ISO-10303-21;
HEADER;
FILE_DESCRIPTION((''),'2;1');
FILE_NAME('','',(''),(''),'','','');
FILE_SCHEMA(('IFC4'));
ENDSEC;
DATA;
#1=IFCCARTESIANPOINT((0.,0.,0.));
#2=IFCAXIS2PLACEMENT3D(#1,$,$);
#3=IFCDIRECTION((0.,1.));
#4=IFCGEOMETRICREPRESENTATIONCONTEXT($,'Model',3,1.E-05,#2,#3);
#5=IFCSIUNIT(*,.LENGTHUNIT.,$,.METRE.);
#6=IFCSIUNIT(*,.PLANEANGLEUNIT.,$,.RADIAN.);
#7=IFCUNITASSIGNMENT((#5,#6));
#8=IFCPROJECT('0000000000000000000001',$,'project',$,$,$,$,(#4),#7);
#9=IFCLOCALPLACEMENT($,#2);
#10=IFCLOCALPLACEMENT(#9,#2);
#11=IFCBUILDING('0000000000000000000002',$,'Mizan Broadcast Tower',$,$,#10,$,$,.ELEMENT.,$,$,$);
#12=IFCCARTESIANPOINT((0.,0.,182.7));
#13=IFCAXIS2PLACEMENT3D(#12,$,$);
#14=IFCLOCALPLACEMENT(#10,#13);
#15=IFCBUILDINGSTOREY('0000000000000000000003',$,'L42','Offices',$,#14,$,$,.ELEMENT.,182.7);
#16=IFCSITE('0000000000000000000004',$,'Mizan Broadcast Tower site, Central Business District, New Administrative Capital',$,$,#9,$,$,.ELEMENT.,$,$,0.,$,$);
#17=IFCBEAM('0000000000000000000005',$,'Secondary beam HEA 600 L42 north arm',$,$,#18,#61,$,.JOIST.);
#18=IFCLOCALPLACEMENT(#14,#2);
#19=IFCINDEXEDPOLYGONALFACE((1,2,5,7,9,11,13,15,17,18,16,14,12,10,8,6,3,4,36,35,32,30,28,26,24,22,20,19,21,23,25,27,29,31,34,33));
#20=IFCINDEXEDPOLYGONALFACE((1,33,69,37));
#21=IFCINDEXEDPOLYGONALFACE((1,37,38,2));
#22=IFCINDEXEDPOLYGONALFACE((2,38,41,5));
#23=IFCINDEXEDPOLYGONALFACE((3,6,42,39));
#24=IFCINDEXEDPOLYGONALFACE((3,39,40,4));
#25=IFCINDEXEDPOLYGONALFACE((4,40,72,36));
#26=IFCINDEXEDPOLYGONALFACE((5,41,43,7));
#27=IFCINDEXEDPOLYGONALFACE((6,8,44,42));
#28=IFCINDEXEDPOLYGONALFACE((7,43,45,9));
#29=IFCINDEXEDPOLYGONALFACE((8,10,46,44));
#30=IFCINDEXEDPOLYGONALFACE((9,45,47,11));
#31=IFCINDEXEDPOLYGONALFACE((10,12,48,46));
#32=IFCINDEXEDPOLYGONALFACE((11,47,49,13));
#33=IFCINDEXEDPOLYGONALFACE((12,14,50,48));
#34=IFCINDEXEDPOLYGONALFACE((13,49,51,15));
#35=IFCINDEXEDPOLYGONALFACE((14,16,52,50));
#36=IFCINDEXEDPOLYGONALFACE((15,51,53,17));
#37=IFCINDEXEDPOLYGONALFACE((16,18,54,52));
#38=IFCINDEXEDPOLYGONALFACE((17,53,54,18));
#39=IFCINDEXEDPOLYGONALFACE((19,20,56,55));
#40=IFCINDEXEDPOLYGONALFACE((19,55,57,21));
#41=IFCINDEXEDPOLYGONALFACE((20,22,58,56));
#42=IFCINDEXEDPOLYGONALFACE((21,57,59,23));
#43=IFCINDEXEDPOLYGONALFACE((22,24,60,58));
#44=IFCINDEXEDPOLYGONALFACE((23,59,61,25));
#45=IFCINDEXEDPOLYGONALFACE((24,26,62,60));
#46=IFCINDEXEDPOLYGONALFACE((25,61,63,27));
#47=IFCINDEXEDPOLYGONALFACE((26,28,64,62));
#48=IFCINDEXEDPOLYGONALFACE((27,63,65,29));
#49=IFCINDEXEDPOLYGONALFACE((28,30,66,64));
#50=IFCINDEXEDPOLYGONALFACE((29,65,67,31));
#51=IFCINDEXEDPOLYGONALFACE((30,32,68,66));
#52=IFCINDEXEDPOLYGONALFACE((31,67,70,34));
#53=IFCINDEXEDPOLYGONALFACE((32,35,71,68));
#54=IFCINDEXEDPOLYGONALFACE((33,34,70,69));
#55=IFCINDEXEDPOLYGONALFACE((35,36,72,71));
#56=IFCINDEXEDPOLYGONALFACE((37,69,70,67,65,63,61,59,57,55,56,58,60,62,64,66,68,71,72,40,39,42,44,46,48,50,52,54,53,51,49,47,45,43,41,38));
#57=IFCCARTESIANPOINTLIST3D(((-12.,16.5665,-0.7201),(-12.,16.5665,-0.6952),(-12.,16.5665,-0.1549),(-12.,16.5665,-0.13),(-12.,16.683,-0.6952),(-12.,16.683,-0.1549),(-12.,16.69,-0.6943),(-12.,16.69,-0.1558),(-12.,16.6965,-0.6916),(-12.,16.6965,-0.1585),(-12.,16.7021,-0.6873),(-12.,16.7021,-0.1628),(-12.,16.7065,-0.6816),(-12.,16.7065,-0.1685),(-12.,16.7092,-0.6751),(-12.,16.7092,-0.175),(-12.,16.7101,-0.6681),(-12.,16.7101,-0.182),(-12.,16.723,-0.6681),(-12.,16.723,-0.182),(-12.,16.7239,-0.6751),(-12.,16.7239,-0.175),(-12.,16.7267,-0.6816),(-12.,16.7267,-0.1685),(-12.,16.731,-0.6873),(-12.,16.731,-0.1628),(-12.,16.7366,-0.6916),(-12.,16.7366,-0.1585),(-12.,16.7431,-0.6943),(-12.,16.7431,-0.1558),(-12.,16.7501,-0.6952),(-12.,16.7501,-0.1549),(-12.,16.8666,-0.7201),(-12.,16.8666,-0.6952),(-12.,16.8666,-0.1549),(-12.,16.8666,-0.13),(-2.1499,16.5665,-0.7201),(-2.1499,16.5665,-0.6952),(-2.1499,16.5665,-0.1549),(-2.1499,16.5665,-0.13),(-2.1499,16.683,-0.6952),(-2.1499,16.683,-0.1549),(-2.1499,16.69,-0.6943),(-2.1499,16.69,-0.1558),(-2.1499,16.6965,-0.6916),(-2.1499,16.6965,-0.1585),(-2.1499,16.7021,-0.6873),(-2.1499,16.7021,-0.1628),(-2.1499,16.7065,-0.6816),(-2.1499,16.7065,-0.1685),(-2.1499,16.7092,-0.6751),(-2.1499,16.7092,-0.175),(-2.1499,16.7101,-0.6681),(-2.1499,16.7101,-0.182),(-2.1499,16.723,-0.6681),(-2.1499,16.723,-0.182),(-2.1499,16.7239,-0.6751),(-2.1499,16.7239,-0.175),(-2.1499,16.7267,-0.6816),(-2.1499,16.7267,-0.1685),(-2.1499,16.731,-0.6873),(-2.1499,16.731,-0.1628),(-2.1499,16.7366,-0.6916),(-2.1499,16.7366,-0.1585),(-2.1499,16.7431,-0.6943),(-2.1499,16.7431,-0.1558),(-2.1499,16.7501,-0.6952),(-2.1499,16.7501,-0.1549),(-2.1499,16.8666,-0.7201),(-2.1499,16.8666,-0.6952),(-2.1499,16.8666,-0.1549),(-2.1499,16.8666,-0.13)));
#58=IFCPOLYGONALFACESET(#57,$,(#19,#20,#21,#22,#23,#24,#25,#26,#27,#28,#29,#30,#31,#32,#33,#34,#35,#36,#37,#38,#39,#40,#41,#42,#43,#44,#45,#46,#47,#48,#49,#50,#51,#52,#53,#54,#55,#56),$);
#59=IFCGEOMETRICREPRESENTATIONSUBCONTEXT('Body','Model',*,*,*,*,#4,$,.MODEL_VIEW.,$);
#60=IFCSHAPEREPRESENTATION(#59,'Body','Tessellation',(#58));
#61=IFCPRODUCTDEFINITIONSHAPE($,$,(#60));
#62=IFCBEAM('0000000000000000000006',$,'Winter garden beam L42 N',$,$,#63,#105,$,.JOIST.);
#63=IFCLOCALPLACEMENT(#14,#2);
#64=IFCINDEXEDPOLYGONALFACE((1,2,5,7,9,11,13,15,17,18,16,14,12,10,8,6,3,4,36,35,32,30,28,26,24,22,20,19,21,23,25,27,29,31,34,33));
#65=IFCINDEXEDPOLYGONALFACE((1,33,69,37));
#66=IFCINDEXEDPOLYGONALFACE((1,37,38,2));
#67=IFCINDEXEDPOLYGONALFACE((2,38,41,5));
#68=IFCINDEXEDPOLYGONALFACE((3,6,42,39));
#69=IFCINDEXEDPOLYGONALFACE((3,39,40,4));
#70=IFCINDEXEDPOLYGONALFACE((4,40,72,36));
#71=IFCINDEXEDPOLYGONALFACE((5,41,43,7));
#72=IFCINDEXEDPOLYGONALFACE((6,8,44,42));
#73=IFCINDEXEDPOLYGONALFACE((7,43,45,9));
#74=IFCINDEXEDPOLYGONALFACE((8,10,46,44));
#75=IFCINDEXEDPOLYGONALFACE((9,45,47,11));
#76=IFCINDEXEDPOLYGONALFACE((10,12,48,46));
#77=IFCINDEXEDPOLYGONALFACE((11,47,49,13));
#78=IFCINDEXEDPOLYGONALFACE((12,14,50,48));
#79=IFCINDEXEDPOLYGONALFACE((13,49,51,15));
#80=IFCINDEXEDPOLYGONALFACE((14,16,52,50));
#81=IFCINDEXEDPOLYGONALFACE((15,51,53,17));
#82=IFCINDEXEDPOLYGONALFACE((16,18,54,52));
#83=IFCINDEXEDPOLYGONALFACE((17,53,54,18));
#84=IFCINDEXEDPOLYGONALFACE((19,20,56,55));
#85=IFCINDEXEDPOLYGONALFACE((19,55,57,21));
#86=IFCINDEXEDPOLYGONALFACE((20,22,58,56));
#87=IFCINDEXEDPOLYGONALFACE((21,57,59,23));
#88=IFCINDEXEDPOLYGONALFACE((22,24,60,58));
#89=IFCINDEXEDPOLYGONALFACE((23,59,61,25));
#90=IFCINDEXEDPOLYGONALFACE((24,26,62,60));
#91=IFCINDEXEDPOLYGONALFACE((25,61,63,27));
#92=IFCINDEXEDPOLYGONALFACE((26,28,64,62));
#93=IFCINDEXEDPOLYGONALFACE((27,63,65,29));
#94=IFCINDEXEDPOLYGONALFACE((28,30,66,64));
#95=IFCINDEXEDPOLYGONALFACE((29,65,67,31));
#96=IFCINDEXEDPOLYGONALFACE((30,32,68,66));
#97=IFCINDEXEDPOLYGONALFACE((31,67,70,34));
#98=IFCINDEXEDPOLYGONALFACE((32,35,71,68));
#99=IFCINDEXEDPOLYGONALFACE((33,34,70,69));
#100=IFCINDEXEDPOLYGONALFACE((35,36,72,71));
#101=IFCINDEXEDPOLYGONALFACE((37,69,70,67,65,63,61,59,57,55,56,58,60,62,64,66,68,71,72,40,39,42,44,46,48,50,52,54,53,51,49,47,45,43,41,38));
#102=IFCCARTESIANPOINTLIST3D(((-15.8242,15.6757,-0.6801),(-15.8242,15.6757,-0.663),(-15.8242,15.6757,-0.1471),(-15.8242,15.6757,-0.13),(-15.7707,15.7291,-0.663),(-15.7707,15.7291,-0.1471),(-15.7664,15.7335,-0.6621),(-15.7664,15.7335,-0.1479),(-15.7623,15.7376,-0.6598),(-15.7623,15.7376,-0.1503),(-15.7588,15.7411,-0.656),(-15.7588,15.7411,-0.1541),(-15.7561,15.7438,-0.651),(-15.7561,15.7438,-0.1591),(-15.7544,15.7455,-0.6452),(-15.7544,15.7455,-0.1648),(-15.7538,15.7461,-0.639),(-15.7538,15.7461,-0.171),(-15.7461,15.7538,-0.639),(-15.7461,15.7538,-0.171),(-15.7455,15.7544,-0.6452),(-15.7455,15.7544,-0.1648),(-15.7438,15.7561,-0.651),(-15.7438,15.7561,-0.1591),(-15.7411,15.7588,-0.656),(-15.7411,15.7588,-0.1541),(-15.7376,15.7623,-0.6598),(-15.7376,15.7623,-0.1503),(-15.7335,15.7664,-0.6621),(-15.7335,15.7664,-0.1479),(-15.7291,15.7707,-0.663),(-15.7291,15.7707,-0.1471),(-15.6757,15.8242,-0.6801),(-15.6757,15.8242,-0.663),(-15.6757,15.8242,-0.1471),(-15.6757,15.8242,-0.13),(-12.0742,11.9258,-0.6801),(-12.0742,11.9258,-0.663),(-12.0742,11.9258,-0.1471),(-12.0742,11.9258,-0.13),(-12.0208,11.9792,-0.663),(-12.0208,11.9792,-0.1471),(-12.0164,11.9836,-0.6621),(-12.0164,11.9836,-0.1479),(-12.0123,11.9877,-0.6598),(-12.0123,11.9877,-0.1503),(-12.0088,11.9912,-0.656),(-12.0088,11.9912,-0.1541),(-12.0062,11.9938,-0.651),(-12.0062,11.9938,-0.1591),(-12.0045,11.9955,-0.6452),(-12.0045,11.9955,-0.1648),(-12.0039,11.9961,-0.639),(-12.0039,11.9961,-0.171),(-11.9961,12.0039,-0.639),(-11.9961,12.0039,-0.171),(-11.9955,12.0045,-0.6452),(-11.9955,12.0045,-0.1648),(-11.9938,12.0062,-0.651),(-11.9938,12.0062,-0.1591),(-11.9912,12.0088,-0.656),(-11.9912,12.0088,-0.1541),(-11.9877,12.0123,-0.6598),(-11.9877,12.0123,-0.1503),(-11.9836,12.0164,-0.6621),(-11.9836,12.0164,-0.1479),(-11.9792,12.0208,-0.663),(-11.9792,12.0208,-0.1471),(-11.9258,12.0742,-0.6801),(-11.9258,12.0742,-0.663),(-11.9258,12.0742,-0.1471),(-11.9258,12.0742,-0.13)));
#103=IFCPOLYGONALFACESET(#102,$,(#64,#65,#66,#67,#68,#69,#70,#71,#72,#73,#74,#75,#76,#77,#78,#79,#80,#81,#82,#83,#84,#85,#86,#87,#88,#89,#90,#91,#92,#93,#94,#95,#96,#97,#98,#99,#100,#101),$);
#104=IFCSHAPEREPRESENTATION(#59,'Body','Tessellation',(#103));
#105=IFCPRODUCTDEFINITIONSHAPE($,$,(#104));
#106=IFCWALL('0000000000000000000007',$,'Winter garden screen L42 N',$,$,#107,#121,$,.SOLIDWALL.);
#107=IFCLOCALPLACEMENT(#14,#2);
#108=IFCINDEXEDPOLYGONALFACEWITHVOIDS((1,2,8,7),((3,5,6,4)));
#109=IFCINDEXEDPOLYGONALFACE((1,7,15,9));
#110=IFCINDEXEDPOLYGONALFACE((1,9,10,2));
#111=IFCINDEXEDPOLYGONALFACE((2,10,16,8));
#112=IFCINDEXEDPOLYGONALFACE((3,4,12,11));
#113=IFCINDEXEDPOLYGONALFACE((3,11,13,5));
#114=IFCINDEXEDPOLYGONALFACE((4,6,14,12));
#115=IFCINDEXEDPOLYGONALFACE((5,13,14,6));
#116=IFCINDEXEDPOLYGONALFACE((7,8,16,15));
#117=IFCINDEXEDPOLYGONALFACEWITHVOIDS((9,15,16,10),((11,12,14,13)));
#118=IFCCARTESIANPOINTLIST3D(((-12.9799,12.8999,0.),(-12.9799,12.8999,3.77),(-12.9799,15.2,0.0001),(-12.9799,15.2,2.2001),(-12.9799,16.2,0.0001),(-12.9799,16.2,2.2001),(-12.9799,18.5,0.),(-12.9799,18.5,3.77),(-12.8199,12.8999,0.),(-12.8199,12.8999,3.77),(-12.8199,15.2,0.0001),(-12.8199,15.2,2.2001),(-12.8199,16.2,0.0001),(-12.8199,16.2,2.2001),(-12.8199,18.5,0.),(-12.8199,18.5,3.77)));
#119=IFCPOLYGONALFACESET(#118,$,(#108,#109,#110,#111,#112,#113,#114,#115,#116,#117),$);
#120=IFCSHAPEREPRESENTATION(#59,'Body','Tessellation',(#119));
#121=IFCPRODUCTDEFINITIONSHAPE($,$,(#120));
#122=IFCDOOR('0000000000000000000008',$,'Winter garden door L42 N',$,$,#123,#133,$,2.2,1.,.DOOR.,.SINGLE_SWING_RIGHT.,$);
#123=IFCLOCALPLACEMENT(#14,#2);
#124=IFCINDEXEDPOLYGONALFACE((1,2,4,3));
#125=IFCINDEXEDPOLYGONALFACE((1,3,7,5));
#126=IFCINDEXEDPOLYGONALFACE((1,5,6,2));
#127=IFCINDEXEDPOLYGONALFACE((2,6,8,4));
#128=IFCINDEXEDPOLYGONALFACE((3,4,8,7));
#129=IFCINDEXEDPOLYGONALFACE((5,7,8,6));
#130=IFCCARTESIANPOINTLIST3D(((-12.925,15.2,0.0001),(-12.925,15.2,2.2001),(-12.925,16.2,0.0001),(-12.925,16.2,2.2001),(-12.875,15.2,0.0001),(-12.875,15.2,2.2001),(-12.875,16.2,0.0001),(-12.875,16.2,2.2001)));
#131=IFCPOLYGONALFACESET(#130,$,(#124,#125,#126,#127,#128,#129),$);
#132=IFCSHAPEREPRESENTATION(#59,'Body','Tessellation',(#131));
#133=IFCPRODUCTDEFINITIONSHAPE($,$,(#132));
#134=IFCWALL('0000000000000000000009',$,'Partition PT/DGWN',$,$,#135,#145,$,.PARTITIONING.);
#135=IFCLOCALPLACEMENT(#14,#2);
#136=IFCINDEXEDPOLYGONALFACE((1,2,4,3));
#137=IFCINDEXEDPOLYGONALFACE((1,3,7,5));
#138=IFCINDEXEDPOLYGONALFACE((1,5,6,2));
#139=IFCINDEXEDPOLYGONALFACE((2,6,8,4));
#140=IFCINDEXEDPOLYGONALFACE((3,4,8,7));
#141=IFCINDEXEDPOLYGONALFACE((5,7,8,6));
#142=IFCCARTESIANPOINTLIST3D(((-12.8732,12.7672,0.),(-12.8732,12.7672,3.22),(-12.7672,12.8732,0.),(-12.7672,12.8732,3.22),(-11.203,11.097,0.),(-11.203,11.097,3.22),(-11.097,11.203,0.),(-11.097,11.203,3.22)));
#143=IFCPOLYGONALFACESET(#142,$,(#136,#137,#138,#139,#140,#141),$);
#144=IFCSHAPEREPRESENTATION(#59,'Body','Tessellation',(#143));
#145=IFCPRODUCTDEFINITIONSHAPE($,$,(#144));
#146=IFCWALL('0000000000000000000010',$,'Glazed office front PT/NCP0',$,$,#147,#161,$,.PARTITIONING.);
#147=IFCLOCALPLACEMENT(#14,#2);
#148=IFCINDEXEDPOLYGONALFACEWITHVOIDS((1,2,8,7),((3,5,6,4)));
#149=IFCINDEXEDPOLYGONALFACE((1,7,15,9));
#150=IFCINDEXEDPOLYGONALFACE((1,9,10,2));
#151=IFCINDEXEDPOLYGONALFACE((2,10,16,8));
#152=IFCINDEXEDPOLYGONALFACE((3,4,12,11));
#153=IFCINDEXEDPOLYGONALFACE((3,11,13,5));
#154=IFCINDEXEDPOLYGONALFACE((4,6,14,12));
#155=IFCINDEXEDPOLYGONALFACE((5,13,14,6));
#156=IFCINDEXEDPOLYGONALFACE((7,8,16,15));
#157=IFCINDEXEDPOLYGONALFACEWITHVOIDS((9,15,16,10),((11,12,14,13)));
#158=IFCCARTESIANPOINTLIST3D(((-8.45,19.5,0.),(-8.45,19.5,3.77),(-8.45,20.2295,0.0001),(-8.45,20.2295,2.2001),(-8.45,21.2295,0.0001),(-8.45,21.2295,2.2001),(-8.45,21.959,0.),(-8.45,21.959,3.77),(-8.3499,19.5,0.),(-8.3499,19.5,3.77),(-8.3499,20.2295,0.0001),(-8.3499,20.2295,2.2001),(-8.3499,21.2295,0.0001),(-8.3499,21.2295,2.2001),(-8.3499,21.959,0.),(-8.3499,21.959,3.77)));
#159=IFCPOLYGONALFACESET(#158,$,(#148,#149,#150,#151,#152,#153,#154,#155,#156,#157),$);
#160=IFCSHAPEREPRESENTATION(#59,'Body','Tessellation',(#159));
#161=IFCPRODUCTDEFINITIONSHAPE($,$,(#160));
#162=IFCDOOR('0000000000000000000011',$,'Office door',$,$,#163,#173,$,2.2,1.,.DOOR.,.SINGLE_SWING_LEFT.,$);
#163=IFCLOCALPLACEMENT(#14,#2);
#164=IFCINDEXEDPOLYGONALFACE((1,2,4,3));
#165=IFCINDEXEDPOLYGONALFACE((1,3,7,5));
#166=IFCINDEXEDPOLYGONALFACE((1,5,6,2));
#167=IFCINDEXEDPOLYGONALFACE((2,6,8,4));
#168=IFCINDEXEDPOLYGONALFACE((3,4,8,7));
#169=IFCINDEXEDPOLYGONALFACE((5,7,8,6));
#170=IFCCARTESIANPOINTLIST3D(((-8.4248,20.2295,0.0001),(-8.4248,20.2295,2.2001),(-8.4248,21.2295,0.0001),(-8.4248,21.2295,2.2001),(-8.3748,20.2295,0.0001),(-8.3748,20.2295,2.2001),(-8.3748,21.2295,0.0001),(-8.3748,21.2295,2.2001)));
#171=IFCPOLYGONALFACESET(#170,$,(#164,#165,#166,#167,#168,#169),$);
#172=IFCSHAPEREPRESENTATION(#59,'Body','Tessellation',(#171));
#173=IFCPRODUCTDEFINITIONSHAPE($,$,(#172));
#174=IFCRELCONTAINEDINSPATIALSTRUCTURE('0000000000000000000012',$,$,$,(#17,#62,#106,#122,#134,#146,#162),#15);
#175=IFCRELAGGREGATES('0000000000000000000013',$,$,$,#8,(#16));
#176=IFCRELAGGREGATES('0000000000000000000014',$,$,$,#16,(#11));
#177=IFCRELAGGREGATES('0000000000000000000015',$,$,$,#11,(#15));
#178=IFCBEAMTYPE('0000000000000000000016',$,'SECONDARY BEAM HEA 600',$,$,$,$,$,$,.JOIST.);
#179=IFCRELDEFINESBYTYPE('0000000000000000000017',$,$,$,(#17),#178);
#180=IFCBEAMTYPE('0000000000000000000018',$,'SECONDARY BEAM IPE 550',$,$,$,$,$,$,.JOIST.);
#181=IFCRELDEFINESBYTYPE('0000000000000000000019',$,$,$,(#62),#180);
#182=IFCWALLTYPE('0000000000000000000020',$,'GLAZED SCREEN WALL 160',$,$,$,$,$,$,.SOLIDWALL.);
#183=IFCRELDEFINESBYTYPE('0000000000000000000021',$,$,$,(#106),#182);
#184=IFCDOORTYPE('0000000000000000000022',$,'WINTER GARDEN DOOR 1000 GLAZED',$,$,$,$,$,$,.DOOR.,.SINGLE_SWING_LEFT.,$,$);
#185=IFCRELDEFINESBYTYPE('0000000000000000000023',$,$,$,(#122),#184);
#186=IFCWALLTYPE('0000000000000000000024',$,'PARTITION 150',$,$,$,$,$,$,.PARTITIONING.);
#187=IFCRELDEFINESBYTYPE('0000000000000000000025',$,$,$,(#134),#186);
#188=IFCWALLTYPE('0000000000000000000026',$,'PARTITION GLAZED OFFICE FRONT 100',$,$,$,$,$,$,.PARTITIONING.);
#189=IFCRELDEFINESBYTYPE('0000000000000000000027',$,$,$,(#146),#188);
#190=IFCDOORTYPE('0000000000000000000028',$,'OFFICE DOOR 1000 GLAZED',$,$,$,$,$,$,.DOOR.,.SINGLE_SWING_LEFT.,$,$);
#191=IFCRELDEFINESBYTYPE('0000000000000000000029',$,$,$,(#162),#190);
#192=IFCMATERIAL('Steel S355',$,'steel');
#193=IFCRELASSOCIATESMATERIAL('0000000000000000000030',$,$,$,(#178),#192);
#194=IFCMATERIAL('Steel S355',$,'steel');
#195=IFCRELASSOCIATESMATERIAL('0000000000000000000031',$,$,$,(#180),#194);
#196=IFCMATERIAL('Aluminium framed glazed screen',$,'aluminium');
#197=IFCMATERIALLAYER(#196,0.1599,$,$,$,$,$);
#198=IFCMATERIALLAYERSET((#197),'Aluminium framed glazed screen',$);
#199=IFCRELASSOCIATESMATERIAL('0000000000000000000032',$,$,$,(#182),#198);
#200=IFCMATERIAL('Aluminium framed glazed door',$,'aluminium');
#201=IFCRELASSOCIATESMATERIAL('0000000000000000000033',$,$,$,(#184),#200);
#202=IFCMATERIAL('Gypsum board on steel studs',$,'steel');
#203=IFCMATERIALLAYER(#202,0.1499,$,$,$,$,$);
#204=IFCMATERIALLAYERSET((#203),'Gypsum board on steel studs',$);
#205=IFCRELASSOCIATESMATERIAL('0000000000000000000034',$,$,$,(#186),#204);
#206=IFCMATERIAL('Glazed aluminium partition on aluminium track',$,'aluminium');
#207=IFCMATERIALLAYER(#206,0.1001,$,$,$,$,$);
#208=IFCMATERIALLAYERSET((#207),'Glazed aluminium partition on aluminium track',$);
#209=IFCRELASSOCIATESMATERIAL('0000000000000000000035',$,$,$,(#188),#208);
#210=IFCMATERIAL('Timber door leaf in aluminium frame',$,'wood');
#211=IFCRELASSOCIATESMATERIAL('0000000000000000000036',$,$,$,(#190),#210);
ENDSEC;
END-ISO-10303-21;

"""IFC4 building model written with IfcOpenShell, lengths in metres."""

from ifc_helpers import new_model, si_unit, direction, frame, frame_2d, origin, origin_2d, place, context, subcontext, project, spatial, rectangle, i_section, extrude, material, layer, layer_set, material_profile, profile_set, type_object, element, fill, save


model = new_model("IFC4")

# Units and contexts
model_context = context("Model", 3, precision=1e-05, world=origin(), true_north=direction((0.0, 1.0)))
body_context = subcontext(model_context, "Body", "Model", "MODEL_VIEW")
ifc_project = project(units=[si_unit("LENGTHUNIT", "METRE"), si_unit("PLANEANGLEUNIT", "RADIAN")], contexts=[model_context])

# Site, building, storey
site_placement = place(None, origin())
site = spatial("IfcSite", under=ifc_project, at=site_placement, Name="Mizan Broadcast Tower site, Central Business District, New Administrative Capital", CompositionType="ELEMENT", RefElevation=0.0)
building_placement = place(site_placement, origin())
building = spatial("IfcBuilding", under=site, at=building_placement, Name="Mizan Broadcast Tower", CompositionType="ELEMENT")
storey_placement = place(building_placement, frame((0.0, 0.0, 182.7)))
storey = spatial("IfcBuildingStorey", under=building, at=storey_placement, Name="L42", Description="Offices", CompositionType="ELEMENT", Elevation=182.7)

# Beams
ifc_material_1 = material(Name="Steel S355", Category="steel")
ifc_material_profile_1 = material_profile(ifc_material_1, i_section(OverallWidth=0.3, OverallDepth=0.5901, WebThickness=0.0129, FlangeThickness=0.0249, FilletRadius=0.0271, at=origin_2d()), Name="HEA 600")
ifc_profile_set_1 = profile_set([ifc_material_profile_1], Name="Steel S355")
beam_type_1 = type_object("IfcBeamType", Name="SECONDARY BEAM HEA 600", PredefinedType="JOIST", material=ifc_profile_set_1)
for number, where, z_axis, x_axis, name in (
    (1, (-12.0, 16.7166, -0.425), (1.0, 0.0, 0.0), (0.0, 1.0, 0.0), "Secondary beam HEA 600 L42 north arm"),
):
    element("IfcBeam", number, at=place(storey_placement, frame(where, z_axis=z_axis, x_axis=x_axis)), inside=storey, type_object=beam_type_1, Name=name, PredefinedType="JOIST", context=body_context, shape_type="SweptSolid", body=[
        extrude(i_section(OverallWidth=0.3, OverallDepth=0.5901, WebThickness=0.0129, FlangeThickness=0.0249, FilletRadius=0.0271, at=origin_2d()), origin(), (0.0, 0.0, 1.0), 9.8501),
    ])
ifc_material_2 = material(Name="Steel S355", Category="steel")
ifc_material_profile_2 = material_profile(ifc_material_2, i_section(OverallWidth=0.21, OverallDepth=0.55, WebThickness=0.011, FlangeThickness=0.0171, FilletRadius=0.0239, at=origin_2d()), Name="IPE 550")
ifc_profile_set_2 = profile_set([ifc_material_profile_2], Name="Steel S355")
beam_type_2 = type_object("IfcBeamType", Name="SECONDARY BEAM IPE 550", PredefinedType="JOIST", material=ifc_profile_set_2)
beam_1_placement = place(storey_placement, frame((-12.0, 12.0, -0.405), z_axis=(-0.707107, 0.707107, 0.0), x_axis=(-0.707107, -0.707107, 0.0)))
element("IfcBeam", 2, at=beam_1_placement, inside=storey, type_object=beam_type_2, Name="Winter garden beam L42 N", PredefinedType="JOIST", context=body_context, shape_type="SweptSolid", body=[
    extrude(i_section(OverallWidth=0.21, OverallDepth=0.55, WebThickness=0.011, FlangeThickness=0.0171, FilletRadius=0.0239, at=origin_2d()), origin(), (0.0, 0.0, 1.0), 5.3032),
])

# Wall, opening, door
ifc_material_3 = material(Name="Aluminium framed glazed screen", Category="aluminium")
ifc_layer_1 = layer(ifc_material_3, 0.1599)
ifc_layer_set_1 = layer_set([ifc_layer_1], Name="Aluminium framed glazed screen")
wall_type_1 = type_object("IfcWallType", Name="GLAZED SCREEN WALL 160", PredefinedType="SOLIDWALL", material=ifc_layer_set_1)
wall_1_placement = place(storey_placement, frame((-12.8999, 18.5, 0.0), z_axis=(0.0, 0.0, 1.0), x_axis=(0.0, -1.0, 0.0)))
wall_1 = element("IfcWall", 3, at=wall_1_placement, inside=storey, type_object=wall_type_1, Name="Winter garden screen L42 N", PredefinedType="SOLIDWALL", context=body_context, shape_type="SweptSolid", body=[
    extrude(rectangle(XDim=5.6001, YDim=0.1599, at=frame_2d((2.8, 0.0))), origin(), (0.0, 0.0, 1.0), 3.77),
])
opening_1_placement = place(wall_1_placement, frame((2.3, 0.0, 0.0)))
opening_1 = element("IfcOpeningElement", 4, at=opening_1_placement, cuts=wall_1, PredefinedType="OPENING", context=body_context, shape_type="SweptSolid", body=[
    extrude(rectangle(XDim=1.0, YDim=2.2, at=frame_2d((0.5, 1.1001))), frame((0.0, 0.0898, 0.0), z_axis=(0.0, -1.0, 0.0), x_axis=(1.0, 0.0, 0.0)), (0.0, 0.0, 1.0), 0.1799),
])
ifc_material_4 = material(Name="Aluminium framed glazed door", Category="aluminium")
door_type_1 = type_object("IfcDoorType", Name="WINTER GARDEN DOOR 1000 GLAZED", OperationType="SINGLE_SWING_LEFT", PredefinedType="DOOR", material=ifc_material_4)
door_1_placement = place(opening_1_placement, origin())
door_1 = element("IfcDoor", 5, at=door_1_placement, inside=storey, type_object=door_type_1, Name="Winter garden door L42 N", OperationType="SINGLE_SWING_RIGHT", OverallHeight=2.2, OverallWidth=1.0, PredefinedType="DOOR", context=body_context, shape_type="SweptSolid", body=[
    extrude(rectangle(XDim=1.0, YDim=2.2, at=frame_2d((0.5, 1.1001))), frame((0.0, 0.0249, 0.0), z_axis=(0.0, -1.0, 0.0), x_axis=(1.0, 0.0, 0.0)), (0.0, 0.0, 1.0), 0.05),
])
fill(opening_1, door_1)

# Wall
ifc_material_5 = material(Name="Gypsum board on steel studs", Category="steel")
ifc_layer_2 = layer(ifc_material_5, 0.1499)
ifc_layer_set_2 = layer_set([ifc_layer_2], Name="Gypsum board on steel studs")
wall_type_2 = type_object("IfcWallType", Name="PARTITION 150", PredefinedType="PARTITIONING", material=ifc_layer_set_2)
wall_2_placement = place(storey_placement, frame((-11.1499, 11.1499, 0.0), z_axis=(0.0, 0.0, 1.0), x_axis=(-0.707107, 0.707107, 0.0)))
element("IfcWall", 6, at=wall_2_placement, inside=storey, type_object=wall_type_2, Name="Partition PT/DGWN", PredefinedType="PARTITIONING", context=body_context, shape_type="SweptSolid", body=[
    extrude(rectangle(XDim=2.3621, YDim=0.1499, at=frame_2d((1.1812, 0.0))), origin(), (0.0, 0.0, 1.0), 3.22),
])

# Wall, opening, door
ifc_material_6 = material(Name="Glazed aluminium partition on aluminium track", Category="aluminium")
ifc_layer_3 = layer(ifc_material_6, 0.1001)
ifc_layer_set_3 = layer_set([ifc_layer_3], Name="Glazed aluminium partition on aluminium track")
wall_type_3 = type_object("IfcWallType", Name="PARTITION GLAZED OFFICE FRONT 100", PredefinedType="PARTITIONING", material=ifc_layer_set_3)
wall_3_placement = place(storey_placement, frame((-8.3999, 19.5, 0.0), z_axis=(0.0, 0.0, 1.0), x_axis=(0.0, 1.0, 0.0)))
wall_3 = element("IfcWall", 7, at=wall_3_placement, inside=storey, type_object=wall_type_3, Name="Glazed office front PT/NCP0", PredefinedType="PARTITIONING", context=body_context, shape_type="SweptSolid", body=[
    extrude(rectangle(XDim=2.459, YDim=0.1001, at=frame_2d((1.2295, 0.0))), origin(), (0.0, 0.0, 1.0), 3.77),
])
opening_2_placement = place(wall_3_placement, frame((0.7295, 0.0, 0.0)))
opening_2 = element("IfcOpeningElement", 8, at=opening_2_placement, cuts=wall_3, PredefinedType="OPENING", context=body_context, shape_type="SweptSolid", body=[
    extrude(rectangle(XDim=1.0, YDim=2.2, at=frame_2d((0.5, 1.1001))), frame((0.0, 0.0601, 0.0), z_axis=(0.0, -1.0, 0.0), x_axis=(1.0, 0.0, 0.0)), (0.0, 0.0, 1.0), 0.1201),
])
ifc_material_7 = material(Name="Timber door leaf in aluminium frame", Category="wood")
door_type_2 = type_object("IfcDoorType", Name="OFFICE DOOR 1000 GLAZED", OperationType="SINGLE_SWING_LEFT", PredefinedType="DOOR", material=ifc_material_7)
door_2_placement = place(opening_2_placement, origin())
door_2 = element("IfcDoor", 9, at=door_2_placement, inside=storey, type_object=door_type_2, Name="Office door", OperationType="SINGLE_SWING_LEFT", OverallHeight=2.2, OverallWidth=1.0, PredefinedType="DOOR", context=body_context, shape_type="SweptSolid", body=[
    extrude(rectangle(XDim=1.0, YDim=2.2, at=frame_2d((0.5, 1.1001))), frame((0.0, 0.0249, 0.0), z_axis=(0.0, -1.0, 0.0), x_axis=(1.0, 0.0, 0.0)), (0.0, 0.0, 1.0), 0.05),
])
fill(opening_2, door_2)

save(model, "model.ifc")
